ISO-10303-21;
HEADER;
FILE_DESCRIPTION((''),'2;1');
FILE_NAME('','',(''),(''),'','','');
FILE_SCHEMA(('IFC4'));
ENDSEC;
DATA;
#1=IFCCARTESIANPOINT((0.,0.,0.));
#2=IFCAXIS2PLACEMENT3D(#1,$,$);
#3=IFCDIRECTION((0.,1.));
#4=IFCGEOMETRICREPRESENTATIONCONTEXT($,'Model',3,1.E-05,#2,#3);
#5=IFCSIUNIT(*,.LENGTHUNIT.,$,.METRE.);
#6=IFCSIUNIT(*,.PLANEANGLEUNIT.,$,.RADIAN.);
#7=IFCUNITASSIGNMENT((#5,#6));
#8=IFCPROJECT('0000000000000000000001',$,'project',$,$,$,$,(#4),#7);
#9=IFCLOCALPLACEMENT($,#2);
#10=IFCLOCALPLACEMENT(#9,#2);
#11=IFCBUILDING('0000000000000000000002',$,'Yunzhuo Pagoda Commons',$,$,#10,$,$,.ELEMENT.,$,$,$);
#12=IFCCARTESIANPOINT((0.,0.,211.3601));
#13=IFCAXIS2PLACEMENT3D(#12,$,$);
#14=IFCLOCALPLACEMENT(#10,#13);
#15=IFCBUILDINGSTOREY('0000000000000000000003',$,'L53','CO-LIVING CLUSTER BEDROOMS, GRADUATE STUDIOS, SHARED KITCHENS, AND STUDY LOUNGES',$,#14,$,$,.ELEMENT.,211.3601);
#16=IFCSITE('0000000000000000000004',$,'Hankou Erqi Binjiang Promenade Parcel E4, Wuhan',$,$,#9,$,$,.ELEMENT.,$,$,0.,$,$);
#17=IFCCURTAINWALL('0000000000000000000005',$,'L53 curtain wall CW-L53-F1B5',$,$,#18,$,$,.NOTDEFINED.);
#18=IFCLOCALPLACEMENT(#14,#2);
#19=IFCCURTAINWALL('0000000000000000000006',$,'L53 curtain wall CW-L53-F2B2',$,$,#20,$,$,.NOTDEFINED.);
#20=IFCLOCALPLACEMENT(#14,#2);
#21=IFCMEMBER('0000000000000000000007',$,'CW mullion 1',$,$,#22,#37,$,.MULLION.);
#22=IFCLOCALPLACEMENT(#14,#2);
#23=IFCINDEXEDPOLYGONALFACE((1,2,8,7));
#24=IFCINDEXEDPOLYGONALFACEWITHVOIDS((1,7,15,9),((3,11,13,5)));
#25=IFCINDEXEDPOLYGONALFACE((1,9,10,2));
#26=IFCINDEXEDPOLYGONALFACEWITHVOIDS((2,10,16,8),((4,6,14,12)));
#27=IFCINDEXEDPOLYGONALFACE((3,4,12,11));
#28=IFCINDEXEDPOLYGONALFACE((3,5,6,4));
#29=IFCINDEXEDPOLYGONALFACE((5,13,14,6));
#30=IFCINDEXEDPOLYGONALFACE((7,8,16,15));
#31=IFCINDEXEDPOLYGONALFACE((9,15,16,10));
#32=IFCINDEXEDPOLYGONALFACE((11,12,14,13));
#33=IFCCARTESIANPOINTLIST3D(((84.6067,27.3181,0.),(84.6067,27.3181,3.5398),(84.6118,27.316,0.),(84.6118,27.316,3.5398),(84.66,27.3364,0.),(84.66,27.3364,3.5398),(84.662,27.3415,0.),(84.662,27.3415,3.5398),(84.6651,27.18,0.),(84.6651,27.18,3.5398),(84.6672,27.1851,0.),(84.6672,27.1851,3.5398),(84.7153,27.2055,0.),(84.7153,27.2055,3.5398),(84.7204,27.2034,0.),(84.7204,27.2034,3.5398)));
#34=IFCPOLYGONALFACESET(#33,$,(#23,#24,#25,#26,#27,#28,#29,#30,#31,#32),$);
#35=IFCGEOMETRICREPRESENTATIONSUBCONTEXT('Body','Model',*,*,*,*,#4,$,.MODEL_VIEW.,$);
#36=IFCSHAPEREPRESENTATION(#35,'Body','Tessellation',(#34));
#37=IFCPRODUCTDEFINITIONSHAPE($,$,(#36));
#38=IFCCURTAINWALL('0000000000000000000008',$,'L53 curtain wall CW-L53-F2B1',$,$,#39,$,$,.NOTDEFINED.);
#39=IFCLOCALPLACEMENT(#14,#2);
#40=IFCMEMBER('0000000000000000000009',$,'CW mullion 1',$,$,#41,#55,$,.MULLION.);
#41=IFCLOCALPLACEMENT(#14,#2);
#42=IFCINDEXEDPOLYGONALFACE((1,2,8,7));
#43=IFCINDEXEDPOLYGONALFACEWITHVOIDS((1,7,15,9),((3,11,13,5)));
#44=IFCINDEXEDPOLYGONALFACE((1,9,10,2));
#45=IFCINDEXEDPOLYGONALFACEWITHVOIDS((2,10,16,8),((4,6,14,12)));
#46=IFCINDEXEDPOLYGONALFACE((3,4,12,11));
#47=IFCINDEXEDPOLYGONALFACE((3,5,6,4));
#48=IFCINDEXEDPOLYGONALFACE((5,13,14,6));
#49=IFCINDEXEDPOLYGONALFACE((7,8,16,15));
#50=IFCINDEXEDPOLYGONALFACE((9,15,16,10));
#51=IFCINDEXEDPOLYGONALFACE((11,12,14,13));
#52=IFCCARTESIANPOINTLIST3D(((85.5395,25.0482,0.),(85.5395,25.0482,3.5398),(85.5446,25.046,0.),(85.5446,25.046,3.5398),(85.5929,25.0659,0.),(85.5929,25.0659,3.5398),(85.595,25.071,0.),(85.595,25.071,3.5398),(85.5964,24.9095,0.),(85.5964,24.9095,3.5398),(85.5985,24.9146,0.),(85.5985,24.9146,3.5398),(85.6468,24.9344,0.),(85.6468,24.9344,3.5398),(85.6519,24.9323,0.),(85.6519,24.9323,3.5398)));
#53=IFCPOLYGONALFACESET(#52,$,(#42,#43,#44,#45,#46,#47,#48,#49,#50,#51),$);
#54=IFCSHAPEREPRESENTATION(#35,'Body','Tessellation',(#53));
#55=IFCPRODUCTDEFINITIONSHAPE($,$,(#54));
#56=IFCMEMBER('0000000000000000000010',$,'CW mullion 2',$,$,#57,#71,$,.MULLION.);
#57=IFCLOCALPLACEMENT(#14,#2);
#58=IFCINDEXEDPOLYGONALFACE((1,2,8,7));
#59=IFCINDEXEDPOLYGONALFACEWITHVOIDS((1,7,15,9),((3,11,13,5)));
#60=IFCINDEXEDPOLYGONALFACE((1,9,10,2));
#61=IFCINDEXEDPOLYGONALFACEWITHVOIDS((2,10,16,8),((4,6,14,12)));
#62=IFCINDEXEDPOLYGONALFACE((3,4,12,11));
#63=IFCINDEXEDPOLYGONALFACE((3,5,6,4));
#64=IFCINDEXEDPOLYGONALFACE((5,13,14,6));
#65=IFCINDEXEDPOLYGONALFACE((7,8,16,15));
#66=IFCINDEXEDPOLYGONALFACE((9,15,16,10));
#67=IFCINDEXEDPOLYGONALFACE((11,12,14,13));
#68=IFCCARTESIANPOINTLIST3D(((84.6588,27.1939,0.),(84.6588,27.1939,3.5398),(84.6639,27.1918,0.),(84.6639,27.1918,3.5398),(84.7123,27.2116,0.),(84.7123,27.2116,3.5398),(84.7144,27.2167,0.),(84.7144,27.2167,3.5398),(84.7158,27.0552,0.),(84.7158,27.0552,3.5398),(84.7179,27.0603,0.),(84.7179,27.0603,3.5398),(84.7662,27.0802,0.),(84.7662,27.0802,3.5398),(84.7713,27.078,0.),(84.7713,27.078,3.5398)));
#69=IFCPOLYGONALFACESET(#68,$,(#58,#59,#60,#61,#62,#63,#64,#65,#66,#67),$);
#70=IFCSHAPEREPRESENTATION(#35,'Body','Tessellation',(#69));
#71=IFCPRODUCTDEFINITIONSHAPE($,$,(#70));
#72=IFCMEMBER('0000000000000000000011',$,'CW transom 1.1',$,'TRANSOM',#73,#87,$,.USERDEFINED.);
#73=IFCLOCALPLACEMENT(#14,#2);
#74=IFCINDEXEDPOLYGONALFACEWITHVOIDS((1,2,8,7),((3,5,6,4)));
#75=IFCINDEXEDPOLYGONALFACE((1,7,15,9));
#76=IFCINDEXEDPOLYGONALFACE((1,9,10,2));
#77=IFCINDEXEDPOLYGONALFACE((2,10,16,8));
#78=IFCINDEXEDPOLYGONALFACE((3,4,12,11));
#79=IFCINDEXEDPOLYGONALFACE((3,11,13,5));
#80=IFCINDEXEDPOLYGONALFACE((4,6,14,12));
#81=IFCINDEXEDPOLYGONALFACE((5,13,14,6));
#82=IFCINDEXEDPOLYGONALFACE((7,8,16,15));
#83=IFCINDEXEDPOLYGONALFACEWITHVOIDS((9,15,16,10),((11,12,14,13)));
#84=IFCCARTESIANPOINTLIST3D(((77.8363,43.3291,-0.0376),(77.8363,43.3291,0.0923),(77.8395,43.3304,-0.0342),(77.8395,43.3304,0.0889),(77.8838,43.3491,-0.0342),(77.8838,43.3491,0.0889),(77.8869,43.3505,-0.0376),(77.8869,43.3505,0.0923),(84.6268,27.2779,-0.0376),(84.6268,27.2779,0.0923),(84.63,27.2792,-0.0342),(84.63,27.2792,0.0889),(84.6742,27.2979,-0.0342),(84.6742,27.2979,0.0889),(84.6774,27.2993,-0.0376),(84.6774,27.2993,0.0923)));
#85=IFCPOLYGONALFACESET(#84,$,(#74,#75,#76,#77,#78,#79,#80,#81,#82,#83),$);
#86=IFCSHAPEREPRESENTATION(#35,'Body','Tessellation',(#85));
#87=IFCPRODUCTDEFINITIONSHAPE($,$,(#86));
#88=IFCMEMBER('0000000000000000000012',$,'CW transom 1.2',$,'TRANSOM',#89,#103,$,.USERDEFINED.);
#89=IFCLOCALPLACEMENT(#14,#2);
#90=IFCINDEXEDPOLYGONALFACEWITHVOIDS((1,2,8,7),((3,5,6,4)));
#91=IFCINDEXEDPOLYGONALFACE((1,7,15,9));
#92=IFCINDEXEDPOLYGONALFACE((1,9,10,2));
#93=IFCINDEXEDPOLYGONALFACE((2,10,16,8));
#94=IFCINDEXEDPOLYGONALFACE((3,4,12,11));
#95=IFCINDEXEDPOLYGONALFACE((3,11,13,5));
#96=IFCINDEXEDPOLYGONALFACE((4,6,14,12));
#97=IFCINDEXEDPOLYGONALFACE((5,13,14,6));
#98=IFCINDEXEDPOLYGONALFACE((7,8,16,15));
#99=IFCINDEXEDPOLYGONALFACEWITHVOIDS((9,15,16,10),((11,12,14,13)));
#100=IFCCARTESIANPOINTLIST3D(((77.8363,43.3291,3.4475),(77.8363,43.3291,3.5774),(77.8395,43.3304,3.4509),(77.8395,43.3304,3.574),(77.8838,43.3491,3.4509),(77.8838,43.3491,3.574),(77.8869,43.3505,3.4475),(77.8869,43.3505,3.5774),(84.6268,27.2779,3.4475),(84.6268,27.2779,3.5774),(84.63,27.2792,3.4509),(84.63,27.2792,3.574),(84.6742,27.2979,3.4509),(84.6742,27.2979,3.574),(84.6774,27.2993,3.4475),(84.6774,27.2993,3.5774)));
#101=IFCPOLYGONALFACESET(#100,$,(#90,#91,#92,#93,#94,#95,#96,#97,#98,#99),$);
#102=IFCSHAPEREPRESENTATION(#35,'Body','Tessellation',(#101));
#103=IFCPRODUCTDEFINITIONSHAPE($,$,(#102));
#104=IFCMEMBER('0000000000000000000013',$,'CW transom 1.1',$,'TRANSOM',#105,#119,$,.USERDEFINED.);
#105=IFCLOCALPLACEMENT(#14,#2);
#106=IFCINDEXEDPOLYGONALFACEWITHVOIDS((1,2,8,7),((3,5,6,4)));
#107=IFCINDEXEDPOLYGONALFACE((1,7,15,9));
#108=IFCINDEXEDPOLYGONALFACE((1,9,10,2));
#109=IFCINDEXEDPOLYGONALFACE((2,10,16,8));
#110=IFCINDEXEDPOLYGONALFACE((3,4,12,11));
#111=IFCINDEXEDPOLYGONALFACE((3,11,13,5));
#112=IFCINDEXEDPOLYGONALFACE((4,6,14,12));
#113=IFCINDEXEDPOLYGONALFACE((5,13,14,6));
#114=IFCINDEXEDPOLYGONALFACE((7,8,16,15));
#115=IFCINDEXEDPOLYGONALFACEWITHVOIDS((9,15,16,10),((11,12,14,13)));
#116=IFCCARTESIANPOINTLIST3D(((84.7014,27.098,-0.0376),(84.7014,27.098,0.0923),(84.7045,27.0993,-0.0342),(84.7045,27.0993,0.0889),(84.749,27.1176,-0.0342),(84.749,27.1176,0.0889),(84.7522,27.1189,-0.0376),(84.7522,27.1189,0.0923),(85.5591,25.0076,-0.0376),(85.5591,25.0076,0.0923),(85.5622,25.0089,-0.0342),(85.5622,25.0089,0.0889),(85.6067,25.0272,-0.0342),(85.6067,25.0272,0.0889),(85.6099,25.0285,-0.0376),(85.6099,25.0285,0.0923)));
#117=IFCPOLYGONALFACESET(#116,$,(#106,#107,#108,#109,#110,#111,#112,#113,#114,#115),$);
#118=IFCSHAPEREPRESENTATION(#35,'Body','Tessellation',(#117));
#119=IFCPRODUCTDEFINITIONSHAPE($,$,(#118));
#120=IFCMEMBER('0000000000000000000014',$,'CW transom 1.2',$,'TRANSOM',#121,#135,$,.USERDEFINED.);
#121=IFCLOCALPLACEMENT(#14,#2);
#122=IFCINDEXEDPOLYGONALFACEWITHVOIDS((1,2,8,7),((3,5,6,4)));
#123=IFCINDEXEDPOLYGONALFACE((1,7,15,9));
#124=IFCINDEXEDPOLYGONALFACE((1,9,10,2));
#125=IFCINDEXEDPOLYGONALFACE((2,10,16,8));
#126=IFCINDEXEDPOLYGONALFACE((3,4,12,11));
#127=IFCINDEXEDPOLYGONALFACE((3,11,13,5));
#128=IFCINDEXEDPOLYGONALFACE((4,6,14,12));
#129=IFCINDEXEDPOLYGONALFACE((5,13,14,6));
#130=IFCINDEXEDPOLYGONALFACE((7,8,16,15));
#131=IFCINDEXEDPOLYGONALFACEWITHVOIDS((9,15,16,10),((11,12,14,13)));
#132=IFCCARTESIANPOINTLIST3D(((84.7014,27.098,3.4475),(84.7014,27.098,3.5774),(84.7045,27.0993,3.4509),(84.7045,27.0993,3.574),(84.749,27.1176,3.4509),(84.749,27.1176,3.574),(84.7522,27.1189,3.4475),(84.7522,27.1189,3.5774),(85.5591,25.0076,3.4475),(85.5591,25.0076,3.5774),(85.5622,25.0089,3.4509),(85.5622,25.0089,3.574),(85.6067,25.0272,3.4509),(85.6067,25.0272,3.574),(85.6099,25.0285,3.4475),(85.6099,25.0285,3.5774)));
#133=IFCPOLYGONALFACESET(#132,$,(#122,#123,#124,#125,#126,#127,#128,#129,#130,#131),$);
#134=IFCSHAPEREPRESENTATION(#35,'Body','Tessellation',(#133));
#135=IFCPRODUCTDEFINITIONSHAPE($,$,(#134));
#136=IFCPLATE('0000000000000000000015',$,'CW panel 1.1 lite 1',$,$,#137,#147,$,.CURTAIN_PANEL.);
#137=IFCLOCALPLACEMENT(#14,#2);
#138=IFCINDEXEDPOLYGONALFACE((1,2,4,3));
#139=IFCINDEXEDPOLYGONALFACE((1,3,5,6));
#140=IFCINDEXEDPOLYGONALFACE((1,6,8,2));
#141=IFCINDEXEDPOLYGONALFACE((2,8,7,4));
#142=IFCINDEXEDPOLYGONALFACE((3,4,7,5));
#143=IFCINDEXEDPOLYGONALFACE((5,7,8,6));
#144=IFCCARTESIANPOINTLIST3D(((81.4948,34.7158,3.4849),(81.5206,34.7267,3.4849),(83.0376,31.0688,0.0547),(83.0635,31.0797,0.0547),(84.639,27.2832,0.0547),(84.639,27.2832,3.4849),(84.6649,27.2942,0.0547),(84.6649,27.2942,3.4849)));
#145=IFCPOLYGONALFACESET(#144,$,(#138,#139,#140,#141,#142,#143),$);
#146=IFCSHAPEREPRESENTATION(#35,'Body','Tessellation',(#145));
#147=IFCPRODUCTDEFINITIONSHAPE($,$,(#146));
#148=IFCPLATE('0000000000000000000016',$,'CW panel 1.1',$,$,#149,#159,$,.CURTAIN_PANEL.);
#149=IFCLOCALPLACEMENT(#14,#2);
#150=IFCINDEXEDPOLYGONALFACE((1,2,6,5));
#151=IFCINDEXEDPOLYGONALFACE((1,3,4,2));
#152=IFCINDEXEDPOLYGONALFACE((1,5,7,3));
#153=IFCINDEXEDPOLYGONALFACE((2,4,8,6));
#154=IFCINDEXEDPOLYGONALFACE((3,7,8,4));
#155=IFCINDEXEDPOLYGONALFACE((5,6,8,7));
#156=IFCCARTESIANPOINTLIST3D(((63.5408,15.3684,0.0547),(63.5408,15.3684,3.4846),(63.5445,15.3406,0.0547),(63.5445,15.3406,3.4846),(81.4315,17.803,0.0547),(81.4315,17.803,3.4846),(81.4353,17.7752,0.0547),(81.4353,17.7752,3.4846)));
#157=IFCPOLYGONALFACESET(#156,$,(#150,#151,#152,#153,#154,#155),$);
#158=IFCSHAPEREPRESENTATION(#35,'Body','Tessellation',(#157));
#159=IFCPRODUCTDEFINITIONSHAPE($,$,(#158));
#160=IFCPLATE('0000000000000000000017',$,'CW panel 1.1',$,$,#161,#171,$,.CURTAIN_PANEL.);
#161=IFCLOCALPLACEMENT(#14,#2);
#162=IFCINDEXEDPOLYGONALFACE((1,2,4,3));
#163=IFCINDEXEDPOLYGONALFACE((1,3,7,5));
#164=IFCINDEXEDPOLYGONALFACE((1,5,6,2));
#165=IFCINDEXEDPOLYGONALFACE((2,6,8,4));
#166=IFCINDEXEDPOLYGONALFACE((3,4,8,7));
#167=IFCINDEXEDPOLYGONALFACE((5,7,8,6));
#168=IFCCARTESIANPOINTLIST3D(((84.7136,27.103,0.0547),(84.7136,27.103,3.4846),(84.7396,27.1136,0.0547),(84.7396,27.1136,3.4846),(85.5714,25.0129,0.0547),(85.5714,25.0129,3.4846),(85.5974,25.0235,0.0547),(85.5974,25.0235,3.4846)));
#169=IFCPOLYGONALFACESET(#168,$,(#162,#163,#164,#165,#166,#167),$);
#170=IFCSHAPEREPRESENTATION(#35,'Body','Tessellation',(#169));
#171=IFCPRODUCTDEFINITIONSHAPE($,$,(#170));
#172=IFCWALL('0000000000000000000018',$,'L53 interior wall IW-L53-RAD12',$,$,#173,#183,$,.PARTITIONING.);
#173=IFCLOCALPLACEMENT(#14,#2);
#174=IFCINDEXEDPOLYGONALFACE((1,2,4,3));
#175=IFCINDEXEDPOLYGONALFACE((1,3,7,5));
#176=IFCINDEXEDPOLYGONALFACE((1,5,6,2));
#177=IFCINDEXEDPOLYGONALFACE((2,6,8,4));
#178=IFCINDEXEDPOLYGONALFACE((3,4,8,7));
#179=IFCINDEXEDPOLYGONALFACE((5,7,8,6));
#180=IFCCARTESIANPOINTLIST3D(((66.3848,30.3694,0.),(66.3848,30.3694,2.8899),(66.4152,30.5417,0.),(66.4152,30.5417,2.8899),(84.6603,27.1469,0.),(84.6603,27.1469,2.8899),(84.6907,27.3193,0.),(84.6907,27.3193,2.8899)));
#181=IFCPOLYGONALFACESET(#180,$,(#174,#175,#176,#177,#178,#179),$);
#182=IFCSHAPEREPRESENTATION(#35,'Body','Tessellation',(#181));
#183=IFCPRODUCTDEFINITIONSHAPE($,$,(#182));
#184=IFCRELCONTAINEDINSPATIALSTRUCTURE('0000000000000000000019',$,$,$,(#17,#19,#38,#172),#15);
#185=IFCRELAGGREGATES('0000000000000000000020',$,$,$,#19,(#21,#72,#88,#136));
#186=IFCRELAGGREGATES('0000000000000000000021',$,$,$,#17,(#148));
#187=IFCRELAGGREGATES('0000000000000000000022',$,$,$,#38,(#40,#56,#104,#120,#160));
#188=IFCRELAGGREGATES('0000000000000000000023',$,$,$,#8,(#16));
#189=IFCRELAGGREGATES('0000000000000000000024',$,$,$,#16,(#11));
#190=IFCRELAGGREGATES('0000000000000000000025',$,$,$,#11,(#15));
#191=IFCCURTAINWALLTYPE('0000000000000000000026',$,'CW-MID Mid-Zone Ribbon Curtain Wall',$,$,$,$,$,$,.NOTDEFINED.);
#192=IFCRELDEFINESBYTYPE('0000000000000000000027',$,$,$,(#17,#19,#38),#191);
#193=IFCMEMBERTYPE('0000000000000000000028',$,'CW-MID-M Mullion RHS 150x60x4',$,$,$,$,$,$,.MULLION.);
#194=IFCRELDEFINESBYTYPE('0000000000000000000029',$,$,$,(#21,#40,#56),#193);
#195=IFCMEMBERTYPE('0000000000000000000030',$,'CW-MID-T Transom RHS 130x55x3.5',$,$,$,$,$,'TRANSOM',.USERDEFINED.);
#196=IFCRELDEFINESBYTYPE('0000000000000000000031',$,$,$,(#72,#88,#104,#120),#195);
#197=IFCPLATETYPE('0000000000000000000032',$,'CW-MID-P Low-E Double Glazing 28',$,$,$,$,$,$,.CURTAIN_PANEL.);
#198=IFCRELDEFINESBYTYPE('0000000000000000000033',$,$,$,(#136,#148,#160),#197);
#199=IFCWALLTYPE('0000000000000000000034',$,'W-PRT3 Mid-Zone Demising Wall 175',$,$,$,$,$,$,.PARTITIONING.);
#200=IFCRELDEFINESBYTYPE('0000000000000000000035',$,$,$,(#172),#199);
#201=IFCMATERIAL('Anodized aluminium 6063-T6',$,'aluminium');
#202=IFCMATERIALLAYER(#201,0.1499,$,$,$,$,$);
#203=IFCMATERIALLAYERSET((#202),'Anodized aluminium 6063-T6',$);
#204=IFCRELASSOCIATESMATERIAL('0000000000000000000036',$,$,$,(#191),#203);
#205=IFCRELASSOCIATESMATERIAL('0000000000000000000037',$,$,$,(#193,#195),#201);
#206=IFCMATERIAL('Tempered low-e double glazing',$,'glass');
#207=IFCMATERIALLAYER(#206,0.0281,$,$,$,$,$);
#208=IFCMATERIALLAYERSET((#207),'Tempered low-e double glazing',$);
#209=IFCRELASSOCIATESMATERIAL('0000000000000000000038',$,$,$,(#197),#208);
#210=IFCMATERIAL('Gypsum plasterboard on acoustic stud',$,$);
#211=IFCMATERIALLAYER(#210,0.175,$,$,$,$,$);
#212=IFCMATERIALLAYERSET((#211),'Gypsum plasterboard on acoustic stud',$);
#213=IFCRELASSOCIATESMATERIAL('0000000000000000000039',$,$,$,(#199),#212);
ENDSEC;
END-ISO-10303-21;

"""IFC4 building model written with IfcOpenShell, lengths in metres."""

from ifc_helpers import new_model, si_unit, direction, frame, frame_2d, origin, origin_2d, place, context, subcontext, project, spatial, polyline, rectangle, hollow_rectangle, outline, extrude, source, transform, mapped, material, layer, layer_set, material_profile, profile_set, type_object, element, aggregate, save


model = new_model("IFC4")

# Units and contexts
model_context = context("Model", 3, precision=1e-05, world=origin(), true_north=direction((0.0, 1.0)))
body_context = subcontext(model_context, "Body", "Model", "MODEL_VIEW")
ifc_project = project(units=[si_unit("LENGTHUNIT", "METRE"), si_unit("PLANEANGLEUNIT", "RADIAN")], contexts=[model_context])

# Site, building, storey
site_placement = place(None, origin())
site = spatial("IfcSite", under=ifc_project, at=site_placement, Name="Hankou Erqi Binjiang Promenade Parcel E4, Wuhan", CompositionType="ELEMENT", RefElevation=0.0)
building_placement = place(site_placement, origin())
building = spatial("IfcBuilding", under=site, at=building_placement, Name="Yunzhuo Pagoda Commons", CompositionType="ELEMENT")
storey_placement = place(building_placement, frame((0.0, 0.0, 211.3601)))
storey = spatial("IfcBuildingStorey", under=building, at=storey_placement, Name="L53", Description="CO-LIVING CLUSTER BEDROOMS, GRADUATE STUDIOS, SHARED KITCHENS, AND STUDY LOUNGES", CompositionType="ELEMENT", Elevation=211.3601)

# Curtain walls, member
ifc_material_1 = material(Name="Anodized aluminium 6063-T6", Category="aluminium")
ifc_layer_1 = layer(ifc_material_1, 0.1499)
ifc_layer_set_1 = layer_set([ifc_layer_1], Name="Anodized aluminium 6063-T6")
curtain_wall_type = type_object("IfcCurtainWallType", Name="CW-MID Mid-Zone Ribbon Curtain Wall", PredefinedType="NOTDEFINED", material=ifc_layer_set_1)
curtain_wall_1_placement = place(storey_placement, origin())
curtain_wall_1 = element("IfcCurtainWall", 1, at=curtain_wall_1_placement, inside=storey, type_object=curtain_wall_type, Name="L53 curtain wall CW-L53-F1B5", PredefinedType="NOTDEFINED")
ifc_material_profile_1 = material_profile(ifc_material_1, hollow_rectangle(XDim=0.0601, YDim=0.1499, WallThickness=0.0039, at=origin_2d()), Name="Anodized aluminium 6063-T6")
ifc_profile_set_1 = profile_set([ifc_material_profile_1], Name="Anodized aluminium 6063-T6")
member_type_1 = type_object("IfcMemberType", Name="CW-MID-M Mullion RHS 150x60x4", PredefinedType="MULLION", material=ifc_profile_set_1)
shared_shape_1 = source(origin(), body_context, "Body", "SweptSolid", [
    extrude(hollow_rectangle(XDim=0.0601, YDim=0.1499, WallThickness=0.0039, at=origin_2d()), origin(), (0.0, 0.0, 1.0), 3.5398),
])
curtain_wall_2_placement = place(storey_placement, origin())
curtain_wall_2 = element("IfcCurtainWall", 2, at=curtain_wall_2_placement, inside=storey, type_object=curtain_wall_type, Name="L53 curtain wall CW-L53-F2B2", PredefinedType="NOTDEFINED")
member_1_placement = place(storey_placement, frame((84.6636, 27.2607, 0.0), z_axis=(0.0, 0.0, 1.0), x_axis=(-0.920979, -0.389612, 0.0)))
member_1 = element("IfcMember", 3, at=member_1_placement, type_object=member_type_1, Name="CW mullion 1", PredefinedType="MULLION", context=body_context, shape_type="MappedRepresentation", body=[
    mapped(shared_shape_1, transform((0.0, 0.0, 0.0), scale=1.0)),
])

# Curtain wall, members
curtain_wall_3_placement = place(storey_placement, origin())
curtain_wall_3 = element("IfcCurtainWall", 4, at=curtain_wall_3_placement, inside=storey, type_object=curtain_wall_type, Name="L53 curtain wall CW-L53-F2B1", PredefinedType="NOTDEFINED")
member_2_placement = place(storey_placement, frame((85.5957, 24.9902, 0.0), z_axis=(0.0, 0.0, 1.0), x_axis=(-0.925118, -0.37968, 0.0)))
member_2 = element("IfcMember", 5, at=member_2_placement, type_object=member_type_1, Name="CW mullion 1", PredefinedType="MULLION", context=body_context, shape_type="MappedRepresentation", body=[
    mapped(shared_shape_1, transform((0.0, 0.0, 0.0), scale=1.0)),
])
member_3_placement = place(storey_placement, frame((84.7151, 27.136, 0.0), z_axis=(0.0, 0.0, 1.0), x_axis=(-0.925118, -0.37968, 0.0)))
member_3 = element("IfcMember", 6, at=member_3_placement, type_object=member_type_1, Name="CW mullion 2", PredefinedType="MULLION", context=body_context, shape_type="MappedRepresentation", body=[
    mapped(shared_shape_1, transform((0.0, 0.0, 0.0), scale=1.0)),
])

# Members
ifc_material_profile_2 = material_profile(ifc_material_1, hollow_rectangle(XDim=0.0549, YDim=0.1299, WallThickness=0.0034, at=origin_2d()), Name="Anodized aluminium 6063-T6")
ifc_profile_set_2 = profile_set([ifc_material_profile_2], Name="Anodized aluminium 6063-T6")
member_type_2 = type_object("IfcMemberType", Name="CW-MID-T Transom RHS 130x55x3.5", ElementType="TRANSOM", PredefinedType="USERDEFINED", material=ifc_profile_set_2)
shared_shape_2 = source(origin(), body_context, "Body", "SweptSolid", [
    extrude(hollow_rectangle(XDim=0.0549, YDim=0.1299, WallThickness=0.0034, at=origin_2d()), origin(), (0.0, 0.0, 1.0), 17.4285),
])
member_4_placement = place(storey_placement, frame((84.6521, 27.2886, 0.0273), z_axis=(-0.389621, 0.920975, 0.0), x_axis=(-0.920975, -0.389621, 0.0)))
member_4 = element("IfcMember", 7, at=member_4_placement, type_object=member_type_2, Name="CW transom 1.1", ObjectType="TRANSOM", PredefinedType="USERDEFINED", context=body_context, shape_type="MappedRepresentation", body=[
    mapped(shared_shape_2, transform((0.0, 0.0, 0.0), scale=1.0)),
])
member_5_placement = place(storey_placement, frame((84.6521, 27.2886, 3.5125), z_axis=(-0.389621, 0.920975, 0.0), x_axis=(-0.920975, -0.389621, 0.0)))
member_5 = element("IfcMember", 8, at=member_5_placement, type_object=member_type_2, Name="CW transom 1.2", ObjectType="TRANSOM", PredefinedType="USERDEFINED", context=body_context, shape_type="MappedRepresentation", body=[
    mapped(shared_shape_2, transform((0.0, 0.0, 0.0), scale=1.0)),
])
shared_shape_3 = source(origin(), body_context, "Body", "SweptSolid", [
    extrude(hollow_rectangle(XDim=0.0549, YDim=0.1299, WallThickness=0.0034, at=origin_2d()), origin(), (0.0, 0.0, 1.0), 2.2595),
])
member_6_placement = place(storey_placement, frame((85.5845, 25.0181, 0.0273), z_axis=(-0.379592, 0.925154, 0.0), x_axis=(-0.925154, -0.379592, 0.0)))
member_6 = element("IfcMember", 9, at=member_6_placement, type_object=member_type_2, Name="CW transom 1.1", ObjectType="TRANSOM", PredefinedType="USERDEFINED", context=body_context, shape_type="MappedRepresentation", body=[
    mapped(shared_shape_3, transform((0.0, 0.0, 0.0), scale=1.0)),
])
member_7_placement = place(storey_placement, frame((85.5845, 25.0181, 3.5125), z_axis=(-0.379592, 0.925154, 0.0), x_axis=(-0.925154, -0.379592, 0.0)))
member_7 = element("IfcMember", 10, at=member_7_placement, type_object=member_type_2, Name="CW transom 1.2", ObjectType="TRANSOM", PredefinedType="USERDEFINED", context=body_context, shape_type="MappedRepresentation", body=[
    mapped(shared_shape_3, transform((0.0, 0.0, 0.0), scale=1.0)),
])

# Plates
ifc_material_2 = material(Name="Tempered low-e double glazing", Category="glass")
ifc_layer_2 = layer(ifc_material_2, 0.0281)
ifc_layer_set_2 = layer_set([ifc_layer_2], Name="Tempered low-e double glazing")
plate_type = type_object("IfcPlateType", Name="CW-MID-P Low-E Double Glazing 28", PredefinedType="CURTAIN_PANEL", material=ifc_layer_set_2)
plate_1_placement = place(storey_placement, frame((83.0669, 30.9995, 1.7698), z_axis=(0.920979, 0.389612, 0.0), x_axis=(-0.389612, 0.920979, 0.0)))
plate_1 = element("IfcPlate", 11, at=plate_1_placement, type_object=plate_type, Name="CW panel 1.1 lite 1", PredefinedType="CURTAIN_PANEL", context=body_context, shape_type="SweptSolid", body=[
    extrude(outline(polyline([(-4.0352, -1.7151), (0.0752, -1.7151), (4.0352, 1.7151), (-4.0352, 1.7151), (-4.0352, -1.7151)])), origin(), (0.0, 0.0, 1.0), 0.0281),
])
aggregate(curtain_wall_2, [member_1, member_4, member_5, plate_1])
shared_shape_4 = source(origin(), body_context, "Body", "SweptSolid", [
    extrude(rectangle(XDim=18.0557, YDim=0.0281, at=origin_2d()), origin(), (0.0, 0.0, 1.0), 3.4299),
])
plate_2_placement = place(storey_placement, frame((72.488, 16.5718, 0.0547), z_axis=(0.0, 0.0, 1.0), x_axis=(0.990867, 0.134839, 0.0)))
plate_2 = element("IfcPlate", 12, at=plate_2_placement, type_object=plate_type, Name="CW panel 1.1", PredefinedType="CURTAIN_PANEL", context=body_context, shape_type="MappedRepresentation", body=[
    mapped(shared_shape_4, transform((0.0, 0.0, 0.0), scale=1.0)),
])
aggregate(curtain_wall_1, [plate_2])
shared_shape_5 = source(origin(), body_context, "Body", "SweptSolid", [
    extrude(rectangle(XDim=2.2593, YDim=0.0281, at=origin_2d()), origin(), (0.0, 0.0, 1.0), 3.4299),
])
plate_3_placement = place(storey_placement, frame((85.1555, 26.0632, 0.0547), z_axis=(0.0, 0.0, 1.0), x_axis=(-0.37968, 0.925118, 0.0)))
plate_3 = element("IfcPlate", 13, at=plate_3_placement, type_object=plate_type, Name="CW panel 1.1", PredefinedType="CURTAIN_PANEL", context=body_context, shape_type="MappedRepresentation", body=[
    mapped(shared_shape_5, transform((0.0, 0.0, 0.0), scale=1.0)),
])
aggregate(curtain_wall_3, [member_2, member_3, member_6, member_7, plate_3])

# Wall
ifc_material_3 = material(Name="Gypsum plasterboard on acoustic stud")
ifc_layer_3 = layer(ifc_material_3, 0.175)
ifc_layer_set_3 = layer_set([ifc_layer_3], Name="Gypsum plasterboard on acoustic stud")
wall_type_1 = type_object("IfcWallType", Name="W-PRT3 Mid-Zone Demising Wall 175", PredefinedType="PARTITIONING", material=ifc_layer_set_3)
wall_1_placement = place(storey_placement, frame((66.3999, 30.4556, 0.0), z_axis=(0.0, 0.0, 1.0), x_axis=(0.984808, -0.173646, 0.0)))
element("IfcWall", 14, at=wall_1_placement, inside=storey, type_object=wall_type_1, Name="L53 interior wall IW-L53-RAD12", PredefinedType="PARTITIONING", context=body_context, shape_type="SweptSolid", body=[
    extrude(rectangle(XDim=18.5574, YDim=0.175, at=frame_2d((9.2788, 0.0))), origin(), (0.0, 0.0, 1.0), 2.8899),
])

save(model, "model.ifc")
